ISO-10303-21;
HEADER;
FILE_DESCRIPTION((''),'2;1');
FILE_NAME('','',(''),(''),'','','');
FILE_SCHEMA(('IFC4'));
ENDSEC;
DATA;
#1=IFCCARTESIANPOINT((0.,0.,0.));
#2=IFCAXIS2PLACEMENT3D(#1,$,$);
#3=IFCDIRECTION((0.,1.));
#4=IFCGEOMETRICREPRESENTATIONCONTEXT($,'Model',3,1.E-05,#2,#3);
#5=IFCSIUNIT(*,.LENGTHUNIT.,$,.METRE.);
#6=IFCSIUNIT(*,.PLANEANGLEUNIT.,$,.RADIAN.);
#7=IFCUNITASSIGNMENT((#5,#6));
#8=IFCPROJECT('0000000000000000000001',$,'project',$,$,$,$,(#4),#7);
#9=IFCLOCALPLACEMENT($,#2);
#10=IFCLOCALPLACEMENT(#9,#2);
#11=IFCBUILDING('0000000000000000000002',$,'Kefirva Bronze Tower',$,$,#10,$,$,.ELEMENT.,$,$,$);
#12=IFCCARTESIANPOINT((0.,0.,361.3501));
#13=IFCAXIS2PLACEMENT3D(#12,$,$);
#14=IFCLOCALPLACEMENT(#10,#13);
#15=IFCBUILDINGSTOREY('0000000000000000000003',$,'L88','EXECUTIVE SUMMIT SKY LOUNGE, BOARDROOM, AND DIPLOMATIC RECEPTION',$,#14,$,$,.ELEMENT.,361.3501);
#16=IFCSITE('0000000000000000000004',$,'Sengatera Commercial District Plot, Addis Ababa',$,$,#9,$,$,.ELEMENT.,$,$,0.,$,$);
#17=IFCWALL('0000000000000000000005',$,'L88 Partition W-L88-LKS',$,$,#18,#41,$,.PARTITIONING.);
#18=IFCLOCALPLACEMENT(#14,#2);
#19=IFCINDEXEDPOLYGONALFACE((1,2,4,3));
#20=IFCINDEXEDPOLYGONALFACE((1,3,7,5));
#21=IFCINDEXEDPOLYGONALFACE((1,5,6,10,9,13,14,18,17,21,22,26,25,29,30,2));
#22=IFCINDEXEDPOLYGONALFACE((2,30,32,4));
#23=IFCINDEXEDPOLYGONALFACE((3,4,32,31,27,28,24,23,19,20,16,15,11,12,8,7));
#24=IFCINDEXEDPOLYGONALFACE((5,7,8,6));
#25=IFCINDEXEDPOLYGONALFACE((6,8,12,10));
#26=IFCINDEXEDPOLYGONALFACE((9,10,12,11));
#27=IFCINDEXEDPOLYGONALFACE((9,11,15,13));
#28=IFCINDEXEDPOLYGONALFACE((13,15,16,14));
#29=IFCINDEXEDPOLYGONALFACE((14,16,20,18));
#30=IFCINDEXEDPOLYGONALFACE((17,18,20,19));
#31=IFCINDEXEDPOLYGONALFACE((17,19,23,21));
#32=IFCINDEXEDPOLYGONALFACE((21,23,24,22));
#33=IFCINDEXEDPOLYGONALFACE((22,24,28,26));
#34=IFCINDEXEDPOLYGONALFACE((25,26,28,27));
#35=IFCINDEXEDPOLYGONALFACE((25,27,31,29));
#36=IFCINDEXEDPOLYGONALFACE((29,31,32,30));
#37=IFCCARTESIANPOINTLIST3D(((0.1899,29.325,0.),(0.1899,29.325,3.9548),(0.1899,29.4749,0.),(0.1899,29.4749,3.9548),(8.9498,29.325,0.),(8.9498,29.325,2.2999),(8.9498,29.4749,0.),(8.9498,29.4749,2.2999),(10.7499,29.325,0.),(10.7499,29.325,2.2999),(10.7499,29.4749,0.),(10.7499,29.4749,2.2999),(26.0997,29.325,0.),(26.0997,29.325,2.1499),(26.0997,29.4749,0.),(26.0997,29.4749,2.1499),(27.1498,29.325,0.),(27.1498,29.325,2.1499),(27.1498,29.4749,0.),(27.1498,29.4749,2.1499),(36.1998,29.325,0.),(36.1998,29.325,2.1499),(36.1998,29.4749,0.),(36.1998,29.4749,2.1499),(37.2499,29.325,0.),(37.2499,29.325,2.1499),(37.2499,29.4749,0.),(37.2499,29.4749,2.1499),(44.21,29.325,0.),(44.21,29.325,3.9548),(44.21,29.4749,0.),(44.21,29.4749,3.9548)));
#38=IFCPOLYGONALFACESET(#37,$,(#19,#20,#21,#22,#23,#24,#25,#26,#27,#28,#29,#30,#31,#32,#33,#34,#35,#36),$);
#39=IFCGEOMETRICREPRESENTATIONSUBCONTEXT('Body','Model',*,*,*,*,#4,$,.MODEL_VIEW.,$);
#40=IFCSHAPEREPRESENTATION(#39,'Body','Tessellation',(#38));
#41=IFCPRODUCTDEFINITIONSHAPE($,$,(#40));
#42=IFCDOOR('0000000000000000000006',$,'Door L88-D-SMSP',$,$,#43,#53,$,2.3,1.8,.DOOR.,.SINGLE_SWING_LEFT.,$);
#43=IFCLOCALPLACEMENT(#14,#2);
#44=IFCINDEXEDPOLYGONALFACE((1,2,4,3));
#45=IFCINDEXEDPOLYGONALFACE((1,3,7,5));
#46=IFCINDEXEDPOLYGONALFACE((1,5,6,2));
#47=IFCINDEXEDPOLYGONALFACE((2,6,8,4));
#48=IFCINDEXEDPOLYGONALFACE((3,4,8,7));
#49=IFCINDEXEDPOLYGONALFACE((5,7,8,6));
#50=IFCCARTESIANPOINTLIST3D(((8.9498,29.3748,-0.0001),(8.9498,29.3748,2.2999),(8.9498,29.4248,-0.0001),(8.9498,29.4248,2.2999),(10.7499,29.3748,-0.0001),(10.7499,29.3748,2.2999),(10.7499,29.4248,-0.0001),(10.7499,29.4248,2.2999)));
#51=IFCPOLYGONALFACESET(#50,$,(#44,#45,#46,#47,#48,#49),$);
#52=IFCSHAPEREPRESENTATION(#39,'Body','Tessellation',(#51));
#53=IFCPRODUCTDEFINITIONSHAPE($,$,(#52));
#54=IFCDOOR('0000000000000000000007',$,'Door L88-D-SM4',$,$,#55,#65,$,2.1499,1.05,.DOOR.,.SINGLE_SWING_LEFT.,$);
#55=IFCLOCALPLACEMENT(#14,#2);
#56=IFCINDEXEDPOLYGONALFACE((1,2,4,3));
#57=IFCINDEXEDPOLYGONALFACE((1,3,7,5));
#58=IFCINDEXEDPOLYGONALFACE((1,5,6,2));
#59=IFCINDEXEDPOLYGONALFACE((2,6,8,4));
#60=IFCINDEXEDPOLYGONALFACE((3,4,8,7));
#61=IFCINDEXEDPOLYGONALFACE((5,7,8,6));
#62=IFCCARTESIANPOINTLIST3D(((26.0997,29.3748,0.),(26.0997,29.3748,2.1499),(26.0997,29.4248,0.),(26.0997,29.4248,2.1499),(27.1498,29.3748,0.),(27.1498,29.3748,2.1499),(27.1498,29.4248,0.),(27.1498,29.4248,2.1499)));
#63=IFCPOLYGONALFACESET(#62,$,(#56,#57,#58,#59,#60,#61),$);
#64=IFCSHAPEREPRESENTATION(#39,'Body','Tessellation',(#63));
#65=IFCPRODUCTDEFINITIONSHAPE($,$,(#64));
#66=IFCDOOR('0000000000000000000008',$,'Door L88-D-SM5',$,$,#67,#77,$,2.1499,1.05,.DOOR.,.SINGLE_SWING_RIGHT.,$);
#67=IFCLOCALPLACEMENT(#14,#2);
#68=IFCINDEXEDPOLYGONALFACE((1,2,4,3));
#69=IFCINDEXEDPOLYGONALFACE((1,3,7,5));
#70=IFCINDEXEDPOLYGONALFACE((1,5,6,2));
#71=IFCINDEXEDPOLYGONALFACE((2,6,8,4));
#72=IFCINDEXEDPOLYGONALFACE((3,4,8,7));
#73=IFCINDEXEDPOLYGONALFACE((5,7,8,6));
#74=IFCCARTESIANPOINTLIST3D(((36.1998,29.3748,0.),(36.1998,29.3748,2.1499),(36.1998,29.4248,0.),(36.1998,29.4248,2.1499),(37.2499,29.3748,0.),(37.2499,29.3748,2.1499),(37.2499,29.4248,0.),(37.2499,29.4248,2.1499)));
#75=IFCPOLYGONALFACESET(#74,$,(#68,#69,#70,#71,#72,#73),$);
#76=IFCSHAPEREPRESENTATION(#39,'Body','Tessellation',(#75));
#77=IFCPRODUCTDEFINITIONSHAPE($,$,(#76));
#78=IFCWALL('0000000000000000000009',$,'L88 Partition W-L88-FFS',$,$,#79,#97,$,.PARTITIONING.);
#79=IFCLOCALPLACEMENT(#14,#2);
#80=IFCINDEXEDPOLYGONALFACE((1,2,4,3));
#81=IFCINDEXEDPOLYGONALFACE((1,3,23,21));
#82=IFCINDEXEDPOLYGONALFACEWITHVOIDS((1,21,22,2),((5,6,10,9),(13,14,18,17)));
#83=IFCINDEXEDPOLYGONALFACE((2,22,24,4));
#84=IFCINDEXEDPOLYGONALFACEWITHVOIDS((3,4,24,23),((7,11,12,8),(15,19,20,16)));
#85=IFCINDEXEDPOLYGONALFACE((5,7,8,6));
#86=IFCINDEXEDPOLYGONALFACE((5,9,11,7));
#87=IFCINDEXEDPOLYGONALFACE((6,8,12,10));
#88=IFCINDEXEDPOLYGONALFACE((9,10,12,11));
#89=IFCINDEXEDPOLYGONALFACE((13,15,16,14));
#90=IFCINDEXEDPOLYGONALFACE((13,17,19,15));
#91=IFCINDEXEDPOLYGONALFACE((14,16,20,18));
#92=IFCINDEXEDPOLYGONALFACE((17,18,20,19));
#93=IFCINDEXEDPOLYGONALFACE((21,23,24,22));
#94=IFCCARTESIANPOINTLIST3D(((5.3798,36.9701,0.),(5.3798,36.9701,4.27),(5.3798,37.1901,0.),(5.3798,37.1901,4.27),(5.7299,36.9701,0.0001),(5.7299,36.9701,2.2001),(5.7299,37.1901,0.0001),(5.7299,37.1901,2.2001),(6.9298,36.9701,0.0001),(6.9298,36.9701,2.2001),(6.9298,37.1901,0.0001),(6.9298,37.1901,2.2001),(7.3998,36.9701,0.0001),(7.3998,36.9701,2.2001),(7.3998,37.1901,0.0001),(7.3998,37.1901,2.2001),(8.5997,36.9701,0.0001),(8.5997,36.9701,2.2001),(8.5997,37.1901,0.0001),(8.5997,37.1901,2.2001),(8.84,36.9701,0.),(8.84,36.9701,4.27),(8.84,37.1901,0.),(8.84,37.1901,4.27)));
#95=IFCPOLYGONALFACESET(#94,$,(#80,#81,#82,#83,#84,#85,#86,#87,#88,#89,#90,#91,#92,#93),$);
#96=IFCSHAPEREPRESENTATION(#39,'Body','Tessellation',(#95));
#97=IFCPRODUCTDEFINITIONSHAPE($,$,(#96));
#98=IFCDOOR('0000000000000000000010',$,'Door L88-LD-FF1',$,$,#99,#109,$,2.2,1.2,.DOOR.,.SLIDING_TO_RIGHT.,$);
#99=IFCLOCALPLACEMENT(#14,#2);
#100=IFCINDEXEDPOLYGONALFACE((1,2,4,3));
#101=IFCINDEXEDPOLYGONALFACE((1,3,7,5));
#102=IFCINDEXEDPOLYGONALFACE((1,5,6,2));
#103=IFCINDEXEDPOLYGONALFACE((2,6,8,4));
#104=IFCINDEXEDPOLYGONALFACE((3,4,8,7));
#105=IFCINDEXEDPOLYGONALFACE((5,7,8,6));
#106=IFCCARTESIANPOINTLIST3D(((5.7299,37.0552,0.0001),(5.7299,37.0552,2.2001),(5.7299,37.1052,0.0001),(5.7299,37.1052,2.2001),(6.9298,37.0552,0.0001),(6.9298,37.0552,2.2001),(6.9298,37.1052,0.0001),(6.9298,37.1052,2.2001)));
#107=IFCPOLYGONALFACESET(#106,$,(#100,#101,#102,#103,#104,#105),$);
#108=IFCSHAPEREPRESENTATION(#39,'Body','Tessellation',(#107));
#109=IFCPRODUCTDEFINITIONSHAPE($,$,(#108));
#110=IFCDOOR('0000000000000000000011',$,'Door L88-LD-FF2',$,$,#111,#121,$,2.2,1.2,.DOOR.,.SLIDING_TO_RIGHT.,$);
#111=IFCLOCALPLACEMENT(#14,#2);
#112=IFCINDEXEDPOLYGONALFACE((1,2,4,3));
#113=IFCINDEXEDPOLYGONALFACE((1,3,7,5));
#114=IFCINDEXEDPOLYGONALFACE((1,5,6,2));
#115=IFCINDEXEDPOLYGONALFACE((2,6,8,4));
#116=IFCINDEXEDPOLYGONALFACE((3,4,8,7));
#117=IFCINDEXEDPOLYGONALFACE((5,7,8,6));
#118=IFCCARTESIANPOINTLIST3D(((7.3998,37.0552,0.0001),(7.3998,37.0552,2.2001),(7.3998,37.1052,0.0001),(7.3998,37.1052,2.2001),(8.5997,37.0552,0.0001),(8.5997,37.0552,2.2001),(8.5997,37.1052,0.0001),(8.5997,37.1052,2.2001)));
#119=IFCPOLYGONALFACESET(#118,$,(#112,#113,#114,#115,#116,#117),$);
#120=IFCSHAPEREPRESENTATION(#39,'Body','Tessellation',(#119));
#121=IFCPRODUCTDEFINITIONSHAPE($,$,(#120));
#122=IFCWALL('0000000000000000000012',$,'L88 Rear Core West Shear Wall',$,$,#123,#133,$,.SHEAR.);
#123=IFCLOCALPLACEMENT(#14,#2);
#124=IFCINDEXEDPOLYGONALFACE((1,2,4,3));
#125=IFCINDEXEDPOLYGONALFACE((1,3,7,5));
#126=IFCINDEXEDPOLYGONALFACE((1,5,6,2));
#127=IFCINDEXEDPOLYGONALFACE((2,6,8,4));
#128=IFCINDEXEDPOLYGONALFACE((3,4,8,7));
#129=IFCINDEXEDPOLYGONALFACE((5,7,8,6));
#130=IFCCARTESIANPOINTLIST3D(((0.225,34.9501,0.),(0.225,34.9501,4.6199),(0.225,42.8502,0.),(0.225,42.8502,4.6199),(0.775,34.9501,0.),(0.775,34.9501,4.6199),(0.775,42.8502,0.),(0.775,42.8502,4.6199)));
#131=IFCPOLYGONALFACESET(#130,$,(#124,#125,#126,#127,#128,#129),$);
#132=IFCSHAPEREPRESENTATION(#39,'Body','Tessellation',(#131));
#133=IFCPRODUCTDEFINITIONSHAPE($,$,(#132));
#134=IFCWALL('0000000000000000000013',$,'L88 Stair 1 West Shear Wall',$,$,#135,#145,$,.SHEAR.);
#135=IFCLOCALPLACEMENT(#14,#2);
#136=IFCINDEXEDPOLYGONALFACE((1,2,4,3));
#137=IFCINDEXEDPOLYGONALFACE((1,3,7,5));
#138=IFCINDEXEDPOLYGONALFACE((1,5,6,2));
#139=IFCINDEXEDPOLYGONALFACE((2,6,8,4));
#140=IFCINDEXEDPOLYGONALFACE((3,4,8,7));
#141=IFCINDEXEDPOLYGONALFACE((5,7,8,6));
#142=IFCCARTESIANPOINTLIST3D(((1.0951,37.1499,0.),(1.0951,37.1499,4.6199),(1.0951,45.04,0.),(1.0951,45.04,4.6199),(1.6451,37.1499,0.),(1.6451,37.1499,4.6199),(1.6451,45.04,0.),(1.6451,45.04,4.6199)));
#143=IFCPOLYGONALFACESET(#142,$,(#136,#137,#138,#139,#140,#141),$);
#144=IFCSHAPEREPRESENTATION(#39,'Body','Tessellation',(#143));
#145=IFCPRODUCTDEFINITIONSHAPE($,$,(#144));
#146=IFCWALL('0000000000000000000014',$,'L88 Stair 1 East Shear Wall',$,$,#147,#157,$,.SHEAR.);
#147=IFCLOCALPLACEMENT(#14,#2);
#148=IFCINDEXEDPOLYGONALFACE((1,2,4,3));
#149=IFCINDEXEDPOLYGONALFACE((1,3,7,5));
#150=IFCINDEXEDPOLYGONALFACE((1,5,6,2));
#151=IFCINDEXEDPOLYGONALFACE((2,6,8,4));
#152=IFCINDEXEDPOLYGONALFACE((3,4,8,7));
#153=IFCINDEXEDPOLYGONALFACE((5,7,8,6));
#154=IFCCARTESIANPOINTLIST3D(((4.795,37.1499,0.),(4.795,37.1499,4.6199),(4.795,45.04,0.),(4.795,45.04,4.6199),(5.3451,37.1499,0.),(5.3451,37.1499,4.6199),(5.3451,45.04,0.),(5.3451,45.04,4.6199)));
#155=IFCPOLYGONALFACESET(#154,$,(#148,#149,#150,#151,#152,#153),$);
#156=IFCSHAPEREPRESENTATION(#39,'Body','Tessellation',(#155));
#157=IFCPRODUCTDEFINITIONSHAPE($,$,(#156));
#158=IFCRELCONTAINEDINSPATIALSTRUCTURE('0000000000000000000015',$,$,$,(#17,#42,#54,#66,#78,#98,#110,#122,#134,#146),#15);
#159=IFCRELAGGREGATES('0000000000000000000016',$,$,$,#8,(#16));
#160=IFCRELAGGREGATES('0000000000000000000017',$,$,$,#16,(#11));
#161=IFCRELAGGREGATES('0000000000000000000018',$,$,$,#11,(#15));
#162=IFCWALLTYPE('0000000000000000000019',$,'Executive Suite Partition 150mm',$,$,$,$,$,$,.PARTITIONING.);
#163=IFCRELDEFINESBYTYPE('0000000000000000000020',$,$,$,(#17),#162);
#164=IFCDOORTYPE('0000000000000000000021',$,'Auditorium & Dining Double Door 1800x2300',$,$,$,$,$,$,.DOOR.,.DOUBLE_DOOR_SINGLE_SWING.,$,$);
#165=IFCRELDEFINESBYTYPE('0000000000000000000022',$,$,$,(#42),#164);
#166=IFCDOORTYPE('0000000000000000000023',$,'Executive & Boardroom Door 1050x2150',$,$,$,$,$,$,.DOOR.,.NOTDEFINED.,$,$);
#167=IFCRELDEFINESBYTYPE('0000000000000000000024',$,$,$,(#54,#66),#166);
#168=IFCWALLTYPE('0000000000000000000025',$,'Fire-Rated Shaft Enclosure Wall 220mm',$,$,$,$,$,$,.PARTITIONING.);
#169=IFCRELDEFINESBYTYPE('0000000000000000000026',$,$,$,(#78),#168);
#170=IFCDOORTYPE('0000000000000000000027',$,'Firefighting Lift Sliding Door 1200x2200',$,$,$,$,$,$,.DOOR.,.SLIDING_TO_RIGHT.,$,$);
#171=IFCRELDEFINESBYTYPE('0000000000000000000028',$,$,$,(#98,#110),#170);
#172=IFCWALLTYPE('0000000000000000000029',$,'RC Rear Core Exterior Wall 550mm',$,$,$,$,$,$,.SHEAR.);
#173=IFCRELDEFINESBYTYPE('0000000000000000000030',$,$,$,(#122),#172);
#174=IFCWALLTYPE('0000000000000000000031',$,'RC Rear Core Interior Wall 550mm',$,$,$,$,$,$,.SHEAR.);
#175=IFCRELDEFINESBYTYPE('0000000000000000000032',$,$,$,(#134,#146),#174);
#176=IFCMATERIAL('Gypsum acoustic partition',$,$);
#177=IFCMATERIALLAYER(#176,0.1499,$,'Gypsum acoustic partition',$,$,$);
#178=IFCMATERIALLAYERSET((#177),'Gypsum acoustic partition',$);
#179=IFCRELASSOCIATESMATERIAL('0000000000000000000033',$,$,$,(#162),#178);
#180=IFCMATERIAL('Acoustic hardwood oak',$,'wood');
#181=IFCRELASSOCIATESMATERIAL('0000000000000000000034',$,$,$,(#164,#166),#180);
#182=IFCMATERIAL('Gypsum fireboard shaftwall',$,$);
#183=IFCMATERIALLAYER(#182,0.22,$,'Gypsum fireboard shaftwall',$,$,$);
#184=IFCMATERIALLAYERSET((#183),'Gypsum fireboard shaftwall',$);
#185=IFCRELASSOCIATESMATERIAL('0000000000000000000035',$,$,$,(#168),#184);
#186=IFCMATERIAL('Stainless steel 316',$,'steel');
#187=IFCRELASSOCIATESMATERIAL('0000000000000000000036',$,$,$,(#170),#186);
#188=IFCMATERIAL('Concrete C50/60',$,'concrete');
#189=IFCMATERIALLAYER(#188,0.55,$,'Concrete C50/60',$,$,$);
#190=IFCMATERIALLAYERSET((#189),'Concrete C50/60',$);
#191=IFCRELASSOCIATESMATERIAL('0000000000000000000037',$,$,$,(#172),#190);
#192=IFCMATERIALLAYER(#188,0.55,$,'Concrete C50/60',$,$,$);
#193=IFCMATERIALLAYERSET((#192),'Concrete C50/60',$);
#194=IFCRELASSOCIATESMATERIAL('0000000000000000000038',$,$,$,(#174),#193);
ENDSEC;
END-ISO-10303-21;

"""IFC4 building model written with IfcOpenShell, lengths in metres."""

from ifc_helpers import new_model, si_unit, direction, frame, frame_2d, origin, place, context, subcontext, project, spatial, rectangle, extrude, material, layer, layer_set, type_object, element, fill, save


model = new_model("IFC4")

# Units and contexts
model_context = context("Model", 3, precision=1e-05, world=origin(), true_north=direction((0.0, 1.0)))
body_context = subcontext(model_context, "Body", "Model", "MODEL_VIEW")
ifc_project = project(units=[si_unit("LENGTHUNIT", "METRE"), si_unit("PLANEANGLEUNIT", "RADIAN")], contexts=[model_context])

# Site, building, storey
site_placement = place(None, origin())
site = spatial("IfcSite", under=ifc_project, at=site_placement, Name="Sengatera Commercial District Plot, Addis Ababa", CompositionType="ELEMENT", RefElevation=0.0)
building_placement = place(site_placement, origin())
building = spatial("IfcBuilding", under=site, at=building_placement, Name="Kefirva Bronze Tower", CompositionType="ELEMENT")
storey_placement = place(building_placement, frame((0.0, 0.0, 361.3501)))
storey = spatial("IfcBuildingStorey", under=building, at=storey_placement, Name="L88", Description="EXECUTIVE SUMMIT SKY LOUNGE, BOARDROOM, AND DIPLOMATIC RECEPTION", CompositionType="ELEMENT", Elevation=361.3501)

# Shared definitions
ifc_material_1 = material(Name="Concrete C50/60", Category="concrete")

# Wall, openings, doors
ifc_material_2 = material(Name="Gypsum acoustic partition")
ifc_layer_1 = layer(ifc_material_2, 0.1499, Name="Gypsum acoustic partition")
ifc_layer_set_1 = layer_set([ifc_layer_1], Name="Gypsum acoustic partition")
wall_type_1 = type_object("IfcWallType", Name="Executive Suite Partition 150mm", PredefinedType="PARTITIONING", material=ifc_layer_set_1)
wall_1_placement = place(storey_placement, frame((0.1899, 29.3999, 0.0), z_axis=(0.0, 0.0, 1.0), x_axis=(1.0, 0.0, 0.0)))
wall_1 = element("IfcWall", 1, at=wall_1_placement, inside=storey, type_object=wall_type_1, Name="L88 Partition W-L88-LKS", PredefinedType="PARTITIONING", context=body_context, shape_type="SweptSolid", body=[
    extrude(rectangle(XDim=44.02, YDim=0.1499, at=frame_2d((22.01, 0.0))), origin(), (0.0, 0.0, 1.0), 3.9548),
])
opening_1_placement = place(wall_1_placement, frame((8.76, 0.0, 0.0)))
opening_1 = element("IfcOpeningElement", 2, at=opening_1_placement, cuts=wall_1, PredefinedType="OPENING", context=body_context, shape_type="SweptSolid", body=[
    extrude(rectangle(XDim=1.8, YDim=2.3, at=frame_2d((0.8999, 1.1499))), frame((0.0, 0.085, 0.0), z_axis=(0.0, -1.0, 0.0), x_axis=(1.0, 0.0, 0.0)), (0.0, 0.0, 1.0), 0.1699),
])
opening_2_placement = place(wall_1_placement, frame((25.9099, 0.0, 0.0)))
opening_2 = element("IfcOpeningElement", 3, at=opening_2_placement, cuts=wall_1, PredefinedType="OPENING", context=body_context, shape_type="SweptSolid", body=[
    extrude(rectangle(XDim=1.05, YDim=2.1499, at=frame_2d((0.5249, 1.075))), frame((0.0, 0.085, 0.0), z_axis=(0.0, -1.0, 0.0), x_axis=(1.0, 0.0, 0.0)), (0.0, 0.0, 1.0), 0.1699),
])
opening_3_placement = place(wall_1_placement, frame((36.01, 0.0, 0.0)))
opening_3 = element("IfcOpeningElement", 4, at=opening_3_placement, cuts=wall_1, PredefinedType="OPENING", context=body_context, shape_type="SweptSolid", body=[
    extrude(rectangle(XDim=1.05, YDim=2.1499, at=frame_2d((0.5249, 1.075))), frame((0.0, 0.085, 0.0), z_axis=(0.0, -1.0, 0.0), x_axis=(1.0, 0.0, 0.0)), (0.0, 0.0, 1.0), 0.1699),
])
ifc_material_3 = material(Name="Acoustic hardwood oak", Category="wood")
door_type_1 = type_object("IfcDoorType", Name="Auditorium & Dining Double Door 1800x2300", OperationType="DOUBLE_DOOR_SINGLE_SWING", PredefinedType="DOOR", material=ifc_material_3)
door_1_placement = place(opening_1_placement, origin())
door_1 = element("IfcDoor", 5, at=door_1_placement, inside=storey, type_object=door_type_1, Name="Door L88-D-SMSP", OperationType="SINGLE_SWING_LEFT", OverallHeight=2.3, OverallWidth=1.8, PredefinedType="DOOR", context=body_context, shape_type="SweptSolid", body=[
    extrude(rectangle(XDim=1.8, YDim=2.3, at=frame_2d((0.8999, 1.1499))), frame((0.0, 0.0249, 0.0), z_axis=(0.0, -1.0, 0.0), x_axis=(1.0, 0.0, 0.0)), (0.0, 0.0, 1.0), 0.05),
])
fill(opening_1, door_1)
door_type_2 = type_object("IfcDoorType", Name="Executive & Boardroom Door 1050x2150", OperationType="NOTDEFINED", PredefinedType="DOOR", material=ifc_material_3)
door_2_placement = place(opening_2_placement, origin())
door_2 = element("IfcDoor", 6, at=door_2_placement, inside=storey, type_object=door_type_2, Name="Door L88-D-SM4", OperationType="SINGLE_SWING_LEFT", OverallHeight=2.1499, OverallWidth=1.05, PredefinedType="DOOR", context=body_context, shape_type="SweptSolid", body=[
    extrude(rectangle(XDim=1.05, YDim=2.1499, at=frame_2d((0.5249, 1.075))), frame((0.0, 0.0249, 0.0), z_axis=(0.0, -1.0, 0.0), x_axis=(1.0, 0.0, 0.0)), (0.0, 0.0, 1.0), 0.05),
])
fill(opening_2, door_2)
door_3_placement = place(opening_3_placement, origin())
door_3 = element("IfcDoor", 7, at=door_3_placement, inside=storey, type_object=door_type_2, Name="Door L88-D-SM5", OperationType="SINGLE_SWING_RIGHT", OverallHeight=2.1499, OverallWidth=1.05, PredefinedType="DOOR", context=body_context, shape_type="SweptSolid", body=[
    extrude(rectangle(XDim=1.05, YDim=2.1499, at=frame_2d((0.5249, 1.075))), frame((0.0, 0.0249, 0.0), z_axis=(0.0, -1.0, 0.0), x_axis=(1.0, 0.0, 0.0)), (0.0, 0.0, 1.0), 0.05),
])
fill(opening_3, door_3)

# Shared definitions
ifc_material_4 = material(Name="Gypsum fireboard shaftwall")
ifc_layer_2 = layer(ifc_material_4, 0.22, Name="Gypsum fireboard shaftwall")
ifc_layer_set_2 = layer_set([ifc_layer_2], Name="Gypsum fireboard shaftwall")
wall_type_2 = type_object("IfcWallType", Name="Fire-Rated Shaft Enclosure Wall 220mm", PredefinedType="PARTITIONING", material=ifc_layer_set_2)

# Wall, openings, doors
wall_2_placement = place(storey_placement, frame((5.3799, 37.0801, 0.0), z_axis=(0.0, 0.0, 1.0), x_axis=(1.0, 0.0, 0.0)))
wall_2 = element("IfcWall", 8, at=wall_2_placement, inside=storey, type_object=wall_type_2, Name="L88 Partition W-L88-FFS", PredefinedType="PARTITIONING", context=body_context, shape_type="SweptSolid", body=[
    extrude(rectangle(XDim=3.4602, YDim=0.22, at=frame_2d((1.73, 0.0))), origin(), (0.0, 0.0, 1.0), 4.27),
])
opening_4_placement = place(wall_2_placement, frame((1.55, 0.0, 0.0), z_axis=(0.0, 0.0, 1.0), x_axis=(-1.0, 0.0, 0.0)))
opening_4 = element("IfcOpeningElement", 9, at=opening_4_placement, cuts=wall_2, PredefinedType="OPENING", context=body_context, shape_type="SweptSolid", body=[
    extrude(rectangle(XDim=1.2, YDim=2.2, at=frame_2d((0.6001, 1.1001))), frame((0.0, 0.1201, 0.0), z_axis=(0.0, -1.0, 0.0), x_axis=(1.0, 0.0, 0.0)), (0.0, 0.0, 1.0), 0.24),
])
opening_5_placement = place(wall_2_placement, frame((3.22, 0.0, 0.0), z_axis=(0.0, 0.0, 1.0), x_axis=(-1.0, 0.0, 0.0)))
opening_5 = element("IfcOpeningElement", 10, at=opening_5_placement, cuts=wall_2, PredefinedType="OPENING", context=body_context, shape_type="SweptSolid", body=[
    extrude(rectangle(XDim=1.2, YDim=2.2, at=frame_2d((0.6001, 1.1001))), frame((0.0, 0.1201, 0.0), z_axis=(0.0, -1.0, 0.0), x_axis=(1.0, 0.0, 0.0)), (0.0, 0.0, 1.0), 0.24),
])
ifc_material_5 = material(Name="Stainless steel 316", Category="steel")
door_type_3 = type_object("IfcDoorType", Name="Firefighting Lift Sliding Door 1200x2200", OperationType="SLIDING_TO_RIGHT", PredefinedType="DOOR", material=ifc_material_5)
door_4_placement = place(opening_4_placement, origin())
door_4 = element("IfcDoor", 11, at=door_4_placement, inside=storey, type_object=door_type_3, Name="Door L88-LD-FF1", OperationType="SLIDING_TO_RIGHT", OverallHeight=2.2, OverallWidth=1.2, PredefinedType="DOOR", context=body_context, shape_type="SweptSolid", body=[
    extrude(rectangle(XDim=1.2, YDim=2.2, at=frame_2d((0.6001, 1.1001))), frame((0.0, 0.0249, 0.0), z_axis=(0.0, -1.0, 0.0), x_axis=(1.0, 0.0, 0.0)), (0.0, 0.0, 1.0), 0.05),
])
fill(opening_4, door_4)
door_5_placement = place(opening_5_placement, origin())
door_5 = element("IfcDoor", 12, at=door_5_placement, inside=storey, type_object=door_type_3, Name="Door L88-LD-FF2", OperationType="SLIDING_TO_RIGHT", OverallHeight=2.2, OverallWidth=1.2, PredefinedType="DOOR", context=body_context, shape_type="SweptSolid", body=[
    extrude(rectangle(XDim=1.2, YDim=2.2, at=frame_2d((0.6001, 1.1001))), frame((0.0, 0.0249, 0.0), z_axis=(0.0, -1.0, 0.0), x_axis=(1.0, 0.0, 0.0)), (0.0, 0.0, 1.0), 0.05),
])
fill(opening_5, door_5)

# Wall
ifc_layer_3 = layer(ifc_material_1, 0.55, Name="Concrete C50/60")
ifc_layer_set_3 = layer_set([ifc_layer_3], Name="Concrete C50/60")
wall_type_3 = type_object("IfcWallType", Name="RC Rear Core Exterior Wall 550mm", PredefinedType="SHEAR", material=ifc_layer_set_3)
wall_3_placement = place(storey_placement, frame((0.5, 34.95, 0.0), z_axis=(0.0, 0.0, 1.0), x_axis=(0.0, 1.0, 0.0)))
element("IfcWall", 13, at=wall_3_placement, inside=storey, type_object=wall_type_3, Name="L88 Rear Core West Shear Wall", PredefinedType="SHEAR", context=body_context, shape_type="SweptSolid", body=[
    extrude(rectangle(XDim=7.9001, YDim=0.55, at=frame_2d((3.9502, 0.0))), origin(), (0.0, 0.0, 1.0), 4.6199),
])

# Shared definitions
ifc_layer_4 = layer(ifc_material_1, 0.55, Name="Concrete C50/60")
ifc_layer_set_4 = layer_set([ifc_layer_4], Name="Concrete C50/60")
wall_type_4 = type_object("IfcWallType", Name="RC Rear Core Interior Wall 550mm", PredefinedType="SHEAR", material=ifc_layer_set_4)

# Walls
for number, where, z_axis, x_axis, name in (
    (14, (1.3701, 37.1499, 0.0), (0.0, 0.0, 1.0), (0.0, 1.0, 0.0), "L88 Stair 1 West Shear Wall"),
    (15, (5.0701, 37.1499, 0.0), (0.0, 0.0, 1.0), (0.0, 1.0, 0.0), "L88 Stair 1 East Shear Wall"),
):
    element("IfcWall", number, at=place(storey_placement, frame(where, z_axis=z_axis, x_axis=x_axis)), inside=storey, type_object=wall_type_4, Name=name, PredefinedType="SHEAR", context=body_context, shape_type="SweptSolid", body=[
        extrude(rectangle(XDim=7.8901, YDim=0.55, at=frame_2d((3.9451, 0.0))), origin(), (0.0, 0.0, 1.0), 4.6199),
    ])

save(model, "model.ifc")
